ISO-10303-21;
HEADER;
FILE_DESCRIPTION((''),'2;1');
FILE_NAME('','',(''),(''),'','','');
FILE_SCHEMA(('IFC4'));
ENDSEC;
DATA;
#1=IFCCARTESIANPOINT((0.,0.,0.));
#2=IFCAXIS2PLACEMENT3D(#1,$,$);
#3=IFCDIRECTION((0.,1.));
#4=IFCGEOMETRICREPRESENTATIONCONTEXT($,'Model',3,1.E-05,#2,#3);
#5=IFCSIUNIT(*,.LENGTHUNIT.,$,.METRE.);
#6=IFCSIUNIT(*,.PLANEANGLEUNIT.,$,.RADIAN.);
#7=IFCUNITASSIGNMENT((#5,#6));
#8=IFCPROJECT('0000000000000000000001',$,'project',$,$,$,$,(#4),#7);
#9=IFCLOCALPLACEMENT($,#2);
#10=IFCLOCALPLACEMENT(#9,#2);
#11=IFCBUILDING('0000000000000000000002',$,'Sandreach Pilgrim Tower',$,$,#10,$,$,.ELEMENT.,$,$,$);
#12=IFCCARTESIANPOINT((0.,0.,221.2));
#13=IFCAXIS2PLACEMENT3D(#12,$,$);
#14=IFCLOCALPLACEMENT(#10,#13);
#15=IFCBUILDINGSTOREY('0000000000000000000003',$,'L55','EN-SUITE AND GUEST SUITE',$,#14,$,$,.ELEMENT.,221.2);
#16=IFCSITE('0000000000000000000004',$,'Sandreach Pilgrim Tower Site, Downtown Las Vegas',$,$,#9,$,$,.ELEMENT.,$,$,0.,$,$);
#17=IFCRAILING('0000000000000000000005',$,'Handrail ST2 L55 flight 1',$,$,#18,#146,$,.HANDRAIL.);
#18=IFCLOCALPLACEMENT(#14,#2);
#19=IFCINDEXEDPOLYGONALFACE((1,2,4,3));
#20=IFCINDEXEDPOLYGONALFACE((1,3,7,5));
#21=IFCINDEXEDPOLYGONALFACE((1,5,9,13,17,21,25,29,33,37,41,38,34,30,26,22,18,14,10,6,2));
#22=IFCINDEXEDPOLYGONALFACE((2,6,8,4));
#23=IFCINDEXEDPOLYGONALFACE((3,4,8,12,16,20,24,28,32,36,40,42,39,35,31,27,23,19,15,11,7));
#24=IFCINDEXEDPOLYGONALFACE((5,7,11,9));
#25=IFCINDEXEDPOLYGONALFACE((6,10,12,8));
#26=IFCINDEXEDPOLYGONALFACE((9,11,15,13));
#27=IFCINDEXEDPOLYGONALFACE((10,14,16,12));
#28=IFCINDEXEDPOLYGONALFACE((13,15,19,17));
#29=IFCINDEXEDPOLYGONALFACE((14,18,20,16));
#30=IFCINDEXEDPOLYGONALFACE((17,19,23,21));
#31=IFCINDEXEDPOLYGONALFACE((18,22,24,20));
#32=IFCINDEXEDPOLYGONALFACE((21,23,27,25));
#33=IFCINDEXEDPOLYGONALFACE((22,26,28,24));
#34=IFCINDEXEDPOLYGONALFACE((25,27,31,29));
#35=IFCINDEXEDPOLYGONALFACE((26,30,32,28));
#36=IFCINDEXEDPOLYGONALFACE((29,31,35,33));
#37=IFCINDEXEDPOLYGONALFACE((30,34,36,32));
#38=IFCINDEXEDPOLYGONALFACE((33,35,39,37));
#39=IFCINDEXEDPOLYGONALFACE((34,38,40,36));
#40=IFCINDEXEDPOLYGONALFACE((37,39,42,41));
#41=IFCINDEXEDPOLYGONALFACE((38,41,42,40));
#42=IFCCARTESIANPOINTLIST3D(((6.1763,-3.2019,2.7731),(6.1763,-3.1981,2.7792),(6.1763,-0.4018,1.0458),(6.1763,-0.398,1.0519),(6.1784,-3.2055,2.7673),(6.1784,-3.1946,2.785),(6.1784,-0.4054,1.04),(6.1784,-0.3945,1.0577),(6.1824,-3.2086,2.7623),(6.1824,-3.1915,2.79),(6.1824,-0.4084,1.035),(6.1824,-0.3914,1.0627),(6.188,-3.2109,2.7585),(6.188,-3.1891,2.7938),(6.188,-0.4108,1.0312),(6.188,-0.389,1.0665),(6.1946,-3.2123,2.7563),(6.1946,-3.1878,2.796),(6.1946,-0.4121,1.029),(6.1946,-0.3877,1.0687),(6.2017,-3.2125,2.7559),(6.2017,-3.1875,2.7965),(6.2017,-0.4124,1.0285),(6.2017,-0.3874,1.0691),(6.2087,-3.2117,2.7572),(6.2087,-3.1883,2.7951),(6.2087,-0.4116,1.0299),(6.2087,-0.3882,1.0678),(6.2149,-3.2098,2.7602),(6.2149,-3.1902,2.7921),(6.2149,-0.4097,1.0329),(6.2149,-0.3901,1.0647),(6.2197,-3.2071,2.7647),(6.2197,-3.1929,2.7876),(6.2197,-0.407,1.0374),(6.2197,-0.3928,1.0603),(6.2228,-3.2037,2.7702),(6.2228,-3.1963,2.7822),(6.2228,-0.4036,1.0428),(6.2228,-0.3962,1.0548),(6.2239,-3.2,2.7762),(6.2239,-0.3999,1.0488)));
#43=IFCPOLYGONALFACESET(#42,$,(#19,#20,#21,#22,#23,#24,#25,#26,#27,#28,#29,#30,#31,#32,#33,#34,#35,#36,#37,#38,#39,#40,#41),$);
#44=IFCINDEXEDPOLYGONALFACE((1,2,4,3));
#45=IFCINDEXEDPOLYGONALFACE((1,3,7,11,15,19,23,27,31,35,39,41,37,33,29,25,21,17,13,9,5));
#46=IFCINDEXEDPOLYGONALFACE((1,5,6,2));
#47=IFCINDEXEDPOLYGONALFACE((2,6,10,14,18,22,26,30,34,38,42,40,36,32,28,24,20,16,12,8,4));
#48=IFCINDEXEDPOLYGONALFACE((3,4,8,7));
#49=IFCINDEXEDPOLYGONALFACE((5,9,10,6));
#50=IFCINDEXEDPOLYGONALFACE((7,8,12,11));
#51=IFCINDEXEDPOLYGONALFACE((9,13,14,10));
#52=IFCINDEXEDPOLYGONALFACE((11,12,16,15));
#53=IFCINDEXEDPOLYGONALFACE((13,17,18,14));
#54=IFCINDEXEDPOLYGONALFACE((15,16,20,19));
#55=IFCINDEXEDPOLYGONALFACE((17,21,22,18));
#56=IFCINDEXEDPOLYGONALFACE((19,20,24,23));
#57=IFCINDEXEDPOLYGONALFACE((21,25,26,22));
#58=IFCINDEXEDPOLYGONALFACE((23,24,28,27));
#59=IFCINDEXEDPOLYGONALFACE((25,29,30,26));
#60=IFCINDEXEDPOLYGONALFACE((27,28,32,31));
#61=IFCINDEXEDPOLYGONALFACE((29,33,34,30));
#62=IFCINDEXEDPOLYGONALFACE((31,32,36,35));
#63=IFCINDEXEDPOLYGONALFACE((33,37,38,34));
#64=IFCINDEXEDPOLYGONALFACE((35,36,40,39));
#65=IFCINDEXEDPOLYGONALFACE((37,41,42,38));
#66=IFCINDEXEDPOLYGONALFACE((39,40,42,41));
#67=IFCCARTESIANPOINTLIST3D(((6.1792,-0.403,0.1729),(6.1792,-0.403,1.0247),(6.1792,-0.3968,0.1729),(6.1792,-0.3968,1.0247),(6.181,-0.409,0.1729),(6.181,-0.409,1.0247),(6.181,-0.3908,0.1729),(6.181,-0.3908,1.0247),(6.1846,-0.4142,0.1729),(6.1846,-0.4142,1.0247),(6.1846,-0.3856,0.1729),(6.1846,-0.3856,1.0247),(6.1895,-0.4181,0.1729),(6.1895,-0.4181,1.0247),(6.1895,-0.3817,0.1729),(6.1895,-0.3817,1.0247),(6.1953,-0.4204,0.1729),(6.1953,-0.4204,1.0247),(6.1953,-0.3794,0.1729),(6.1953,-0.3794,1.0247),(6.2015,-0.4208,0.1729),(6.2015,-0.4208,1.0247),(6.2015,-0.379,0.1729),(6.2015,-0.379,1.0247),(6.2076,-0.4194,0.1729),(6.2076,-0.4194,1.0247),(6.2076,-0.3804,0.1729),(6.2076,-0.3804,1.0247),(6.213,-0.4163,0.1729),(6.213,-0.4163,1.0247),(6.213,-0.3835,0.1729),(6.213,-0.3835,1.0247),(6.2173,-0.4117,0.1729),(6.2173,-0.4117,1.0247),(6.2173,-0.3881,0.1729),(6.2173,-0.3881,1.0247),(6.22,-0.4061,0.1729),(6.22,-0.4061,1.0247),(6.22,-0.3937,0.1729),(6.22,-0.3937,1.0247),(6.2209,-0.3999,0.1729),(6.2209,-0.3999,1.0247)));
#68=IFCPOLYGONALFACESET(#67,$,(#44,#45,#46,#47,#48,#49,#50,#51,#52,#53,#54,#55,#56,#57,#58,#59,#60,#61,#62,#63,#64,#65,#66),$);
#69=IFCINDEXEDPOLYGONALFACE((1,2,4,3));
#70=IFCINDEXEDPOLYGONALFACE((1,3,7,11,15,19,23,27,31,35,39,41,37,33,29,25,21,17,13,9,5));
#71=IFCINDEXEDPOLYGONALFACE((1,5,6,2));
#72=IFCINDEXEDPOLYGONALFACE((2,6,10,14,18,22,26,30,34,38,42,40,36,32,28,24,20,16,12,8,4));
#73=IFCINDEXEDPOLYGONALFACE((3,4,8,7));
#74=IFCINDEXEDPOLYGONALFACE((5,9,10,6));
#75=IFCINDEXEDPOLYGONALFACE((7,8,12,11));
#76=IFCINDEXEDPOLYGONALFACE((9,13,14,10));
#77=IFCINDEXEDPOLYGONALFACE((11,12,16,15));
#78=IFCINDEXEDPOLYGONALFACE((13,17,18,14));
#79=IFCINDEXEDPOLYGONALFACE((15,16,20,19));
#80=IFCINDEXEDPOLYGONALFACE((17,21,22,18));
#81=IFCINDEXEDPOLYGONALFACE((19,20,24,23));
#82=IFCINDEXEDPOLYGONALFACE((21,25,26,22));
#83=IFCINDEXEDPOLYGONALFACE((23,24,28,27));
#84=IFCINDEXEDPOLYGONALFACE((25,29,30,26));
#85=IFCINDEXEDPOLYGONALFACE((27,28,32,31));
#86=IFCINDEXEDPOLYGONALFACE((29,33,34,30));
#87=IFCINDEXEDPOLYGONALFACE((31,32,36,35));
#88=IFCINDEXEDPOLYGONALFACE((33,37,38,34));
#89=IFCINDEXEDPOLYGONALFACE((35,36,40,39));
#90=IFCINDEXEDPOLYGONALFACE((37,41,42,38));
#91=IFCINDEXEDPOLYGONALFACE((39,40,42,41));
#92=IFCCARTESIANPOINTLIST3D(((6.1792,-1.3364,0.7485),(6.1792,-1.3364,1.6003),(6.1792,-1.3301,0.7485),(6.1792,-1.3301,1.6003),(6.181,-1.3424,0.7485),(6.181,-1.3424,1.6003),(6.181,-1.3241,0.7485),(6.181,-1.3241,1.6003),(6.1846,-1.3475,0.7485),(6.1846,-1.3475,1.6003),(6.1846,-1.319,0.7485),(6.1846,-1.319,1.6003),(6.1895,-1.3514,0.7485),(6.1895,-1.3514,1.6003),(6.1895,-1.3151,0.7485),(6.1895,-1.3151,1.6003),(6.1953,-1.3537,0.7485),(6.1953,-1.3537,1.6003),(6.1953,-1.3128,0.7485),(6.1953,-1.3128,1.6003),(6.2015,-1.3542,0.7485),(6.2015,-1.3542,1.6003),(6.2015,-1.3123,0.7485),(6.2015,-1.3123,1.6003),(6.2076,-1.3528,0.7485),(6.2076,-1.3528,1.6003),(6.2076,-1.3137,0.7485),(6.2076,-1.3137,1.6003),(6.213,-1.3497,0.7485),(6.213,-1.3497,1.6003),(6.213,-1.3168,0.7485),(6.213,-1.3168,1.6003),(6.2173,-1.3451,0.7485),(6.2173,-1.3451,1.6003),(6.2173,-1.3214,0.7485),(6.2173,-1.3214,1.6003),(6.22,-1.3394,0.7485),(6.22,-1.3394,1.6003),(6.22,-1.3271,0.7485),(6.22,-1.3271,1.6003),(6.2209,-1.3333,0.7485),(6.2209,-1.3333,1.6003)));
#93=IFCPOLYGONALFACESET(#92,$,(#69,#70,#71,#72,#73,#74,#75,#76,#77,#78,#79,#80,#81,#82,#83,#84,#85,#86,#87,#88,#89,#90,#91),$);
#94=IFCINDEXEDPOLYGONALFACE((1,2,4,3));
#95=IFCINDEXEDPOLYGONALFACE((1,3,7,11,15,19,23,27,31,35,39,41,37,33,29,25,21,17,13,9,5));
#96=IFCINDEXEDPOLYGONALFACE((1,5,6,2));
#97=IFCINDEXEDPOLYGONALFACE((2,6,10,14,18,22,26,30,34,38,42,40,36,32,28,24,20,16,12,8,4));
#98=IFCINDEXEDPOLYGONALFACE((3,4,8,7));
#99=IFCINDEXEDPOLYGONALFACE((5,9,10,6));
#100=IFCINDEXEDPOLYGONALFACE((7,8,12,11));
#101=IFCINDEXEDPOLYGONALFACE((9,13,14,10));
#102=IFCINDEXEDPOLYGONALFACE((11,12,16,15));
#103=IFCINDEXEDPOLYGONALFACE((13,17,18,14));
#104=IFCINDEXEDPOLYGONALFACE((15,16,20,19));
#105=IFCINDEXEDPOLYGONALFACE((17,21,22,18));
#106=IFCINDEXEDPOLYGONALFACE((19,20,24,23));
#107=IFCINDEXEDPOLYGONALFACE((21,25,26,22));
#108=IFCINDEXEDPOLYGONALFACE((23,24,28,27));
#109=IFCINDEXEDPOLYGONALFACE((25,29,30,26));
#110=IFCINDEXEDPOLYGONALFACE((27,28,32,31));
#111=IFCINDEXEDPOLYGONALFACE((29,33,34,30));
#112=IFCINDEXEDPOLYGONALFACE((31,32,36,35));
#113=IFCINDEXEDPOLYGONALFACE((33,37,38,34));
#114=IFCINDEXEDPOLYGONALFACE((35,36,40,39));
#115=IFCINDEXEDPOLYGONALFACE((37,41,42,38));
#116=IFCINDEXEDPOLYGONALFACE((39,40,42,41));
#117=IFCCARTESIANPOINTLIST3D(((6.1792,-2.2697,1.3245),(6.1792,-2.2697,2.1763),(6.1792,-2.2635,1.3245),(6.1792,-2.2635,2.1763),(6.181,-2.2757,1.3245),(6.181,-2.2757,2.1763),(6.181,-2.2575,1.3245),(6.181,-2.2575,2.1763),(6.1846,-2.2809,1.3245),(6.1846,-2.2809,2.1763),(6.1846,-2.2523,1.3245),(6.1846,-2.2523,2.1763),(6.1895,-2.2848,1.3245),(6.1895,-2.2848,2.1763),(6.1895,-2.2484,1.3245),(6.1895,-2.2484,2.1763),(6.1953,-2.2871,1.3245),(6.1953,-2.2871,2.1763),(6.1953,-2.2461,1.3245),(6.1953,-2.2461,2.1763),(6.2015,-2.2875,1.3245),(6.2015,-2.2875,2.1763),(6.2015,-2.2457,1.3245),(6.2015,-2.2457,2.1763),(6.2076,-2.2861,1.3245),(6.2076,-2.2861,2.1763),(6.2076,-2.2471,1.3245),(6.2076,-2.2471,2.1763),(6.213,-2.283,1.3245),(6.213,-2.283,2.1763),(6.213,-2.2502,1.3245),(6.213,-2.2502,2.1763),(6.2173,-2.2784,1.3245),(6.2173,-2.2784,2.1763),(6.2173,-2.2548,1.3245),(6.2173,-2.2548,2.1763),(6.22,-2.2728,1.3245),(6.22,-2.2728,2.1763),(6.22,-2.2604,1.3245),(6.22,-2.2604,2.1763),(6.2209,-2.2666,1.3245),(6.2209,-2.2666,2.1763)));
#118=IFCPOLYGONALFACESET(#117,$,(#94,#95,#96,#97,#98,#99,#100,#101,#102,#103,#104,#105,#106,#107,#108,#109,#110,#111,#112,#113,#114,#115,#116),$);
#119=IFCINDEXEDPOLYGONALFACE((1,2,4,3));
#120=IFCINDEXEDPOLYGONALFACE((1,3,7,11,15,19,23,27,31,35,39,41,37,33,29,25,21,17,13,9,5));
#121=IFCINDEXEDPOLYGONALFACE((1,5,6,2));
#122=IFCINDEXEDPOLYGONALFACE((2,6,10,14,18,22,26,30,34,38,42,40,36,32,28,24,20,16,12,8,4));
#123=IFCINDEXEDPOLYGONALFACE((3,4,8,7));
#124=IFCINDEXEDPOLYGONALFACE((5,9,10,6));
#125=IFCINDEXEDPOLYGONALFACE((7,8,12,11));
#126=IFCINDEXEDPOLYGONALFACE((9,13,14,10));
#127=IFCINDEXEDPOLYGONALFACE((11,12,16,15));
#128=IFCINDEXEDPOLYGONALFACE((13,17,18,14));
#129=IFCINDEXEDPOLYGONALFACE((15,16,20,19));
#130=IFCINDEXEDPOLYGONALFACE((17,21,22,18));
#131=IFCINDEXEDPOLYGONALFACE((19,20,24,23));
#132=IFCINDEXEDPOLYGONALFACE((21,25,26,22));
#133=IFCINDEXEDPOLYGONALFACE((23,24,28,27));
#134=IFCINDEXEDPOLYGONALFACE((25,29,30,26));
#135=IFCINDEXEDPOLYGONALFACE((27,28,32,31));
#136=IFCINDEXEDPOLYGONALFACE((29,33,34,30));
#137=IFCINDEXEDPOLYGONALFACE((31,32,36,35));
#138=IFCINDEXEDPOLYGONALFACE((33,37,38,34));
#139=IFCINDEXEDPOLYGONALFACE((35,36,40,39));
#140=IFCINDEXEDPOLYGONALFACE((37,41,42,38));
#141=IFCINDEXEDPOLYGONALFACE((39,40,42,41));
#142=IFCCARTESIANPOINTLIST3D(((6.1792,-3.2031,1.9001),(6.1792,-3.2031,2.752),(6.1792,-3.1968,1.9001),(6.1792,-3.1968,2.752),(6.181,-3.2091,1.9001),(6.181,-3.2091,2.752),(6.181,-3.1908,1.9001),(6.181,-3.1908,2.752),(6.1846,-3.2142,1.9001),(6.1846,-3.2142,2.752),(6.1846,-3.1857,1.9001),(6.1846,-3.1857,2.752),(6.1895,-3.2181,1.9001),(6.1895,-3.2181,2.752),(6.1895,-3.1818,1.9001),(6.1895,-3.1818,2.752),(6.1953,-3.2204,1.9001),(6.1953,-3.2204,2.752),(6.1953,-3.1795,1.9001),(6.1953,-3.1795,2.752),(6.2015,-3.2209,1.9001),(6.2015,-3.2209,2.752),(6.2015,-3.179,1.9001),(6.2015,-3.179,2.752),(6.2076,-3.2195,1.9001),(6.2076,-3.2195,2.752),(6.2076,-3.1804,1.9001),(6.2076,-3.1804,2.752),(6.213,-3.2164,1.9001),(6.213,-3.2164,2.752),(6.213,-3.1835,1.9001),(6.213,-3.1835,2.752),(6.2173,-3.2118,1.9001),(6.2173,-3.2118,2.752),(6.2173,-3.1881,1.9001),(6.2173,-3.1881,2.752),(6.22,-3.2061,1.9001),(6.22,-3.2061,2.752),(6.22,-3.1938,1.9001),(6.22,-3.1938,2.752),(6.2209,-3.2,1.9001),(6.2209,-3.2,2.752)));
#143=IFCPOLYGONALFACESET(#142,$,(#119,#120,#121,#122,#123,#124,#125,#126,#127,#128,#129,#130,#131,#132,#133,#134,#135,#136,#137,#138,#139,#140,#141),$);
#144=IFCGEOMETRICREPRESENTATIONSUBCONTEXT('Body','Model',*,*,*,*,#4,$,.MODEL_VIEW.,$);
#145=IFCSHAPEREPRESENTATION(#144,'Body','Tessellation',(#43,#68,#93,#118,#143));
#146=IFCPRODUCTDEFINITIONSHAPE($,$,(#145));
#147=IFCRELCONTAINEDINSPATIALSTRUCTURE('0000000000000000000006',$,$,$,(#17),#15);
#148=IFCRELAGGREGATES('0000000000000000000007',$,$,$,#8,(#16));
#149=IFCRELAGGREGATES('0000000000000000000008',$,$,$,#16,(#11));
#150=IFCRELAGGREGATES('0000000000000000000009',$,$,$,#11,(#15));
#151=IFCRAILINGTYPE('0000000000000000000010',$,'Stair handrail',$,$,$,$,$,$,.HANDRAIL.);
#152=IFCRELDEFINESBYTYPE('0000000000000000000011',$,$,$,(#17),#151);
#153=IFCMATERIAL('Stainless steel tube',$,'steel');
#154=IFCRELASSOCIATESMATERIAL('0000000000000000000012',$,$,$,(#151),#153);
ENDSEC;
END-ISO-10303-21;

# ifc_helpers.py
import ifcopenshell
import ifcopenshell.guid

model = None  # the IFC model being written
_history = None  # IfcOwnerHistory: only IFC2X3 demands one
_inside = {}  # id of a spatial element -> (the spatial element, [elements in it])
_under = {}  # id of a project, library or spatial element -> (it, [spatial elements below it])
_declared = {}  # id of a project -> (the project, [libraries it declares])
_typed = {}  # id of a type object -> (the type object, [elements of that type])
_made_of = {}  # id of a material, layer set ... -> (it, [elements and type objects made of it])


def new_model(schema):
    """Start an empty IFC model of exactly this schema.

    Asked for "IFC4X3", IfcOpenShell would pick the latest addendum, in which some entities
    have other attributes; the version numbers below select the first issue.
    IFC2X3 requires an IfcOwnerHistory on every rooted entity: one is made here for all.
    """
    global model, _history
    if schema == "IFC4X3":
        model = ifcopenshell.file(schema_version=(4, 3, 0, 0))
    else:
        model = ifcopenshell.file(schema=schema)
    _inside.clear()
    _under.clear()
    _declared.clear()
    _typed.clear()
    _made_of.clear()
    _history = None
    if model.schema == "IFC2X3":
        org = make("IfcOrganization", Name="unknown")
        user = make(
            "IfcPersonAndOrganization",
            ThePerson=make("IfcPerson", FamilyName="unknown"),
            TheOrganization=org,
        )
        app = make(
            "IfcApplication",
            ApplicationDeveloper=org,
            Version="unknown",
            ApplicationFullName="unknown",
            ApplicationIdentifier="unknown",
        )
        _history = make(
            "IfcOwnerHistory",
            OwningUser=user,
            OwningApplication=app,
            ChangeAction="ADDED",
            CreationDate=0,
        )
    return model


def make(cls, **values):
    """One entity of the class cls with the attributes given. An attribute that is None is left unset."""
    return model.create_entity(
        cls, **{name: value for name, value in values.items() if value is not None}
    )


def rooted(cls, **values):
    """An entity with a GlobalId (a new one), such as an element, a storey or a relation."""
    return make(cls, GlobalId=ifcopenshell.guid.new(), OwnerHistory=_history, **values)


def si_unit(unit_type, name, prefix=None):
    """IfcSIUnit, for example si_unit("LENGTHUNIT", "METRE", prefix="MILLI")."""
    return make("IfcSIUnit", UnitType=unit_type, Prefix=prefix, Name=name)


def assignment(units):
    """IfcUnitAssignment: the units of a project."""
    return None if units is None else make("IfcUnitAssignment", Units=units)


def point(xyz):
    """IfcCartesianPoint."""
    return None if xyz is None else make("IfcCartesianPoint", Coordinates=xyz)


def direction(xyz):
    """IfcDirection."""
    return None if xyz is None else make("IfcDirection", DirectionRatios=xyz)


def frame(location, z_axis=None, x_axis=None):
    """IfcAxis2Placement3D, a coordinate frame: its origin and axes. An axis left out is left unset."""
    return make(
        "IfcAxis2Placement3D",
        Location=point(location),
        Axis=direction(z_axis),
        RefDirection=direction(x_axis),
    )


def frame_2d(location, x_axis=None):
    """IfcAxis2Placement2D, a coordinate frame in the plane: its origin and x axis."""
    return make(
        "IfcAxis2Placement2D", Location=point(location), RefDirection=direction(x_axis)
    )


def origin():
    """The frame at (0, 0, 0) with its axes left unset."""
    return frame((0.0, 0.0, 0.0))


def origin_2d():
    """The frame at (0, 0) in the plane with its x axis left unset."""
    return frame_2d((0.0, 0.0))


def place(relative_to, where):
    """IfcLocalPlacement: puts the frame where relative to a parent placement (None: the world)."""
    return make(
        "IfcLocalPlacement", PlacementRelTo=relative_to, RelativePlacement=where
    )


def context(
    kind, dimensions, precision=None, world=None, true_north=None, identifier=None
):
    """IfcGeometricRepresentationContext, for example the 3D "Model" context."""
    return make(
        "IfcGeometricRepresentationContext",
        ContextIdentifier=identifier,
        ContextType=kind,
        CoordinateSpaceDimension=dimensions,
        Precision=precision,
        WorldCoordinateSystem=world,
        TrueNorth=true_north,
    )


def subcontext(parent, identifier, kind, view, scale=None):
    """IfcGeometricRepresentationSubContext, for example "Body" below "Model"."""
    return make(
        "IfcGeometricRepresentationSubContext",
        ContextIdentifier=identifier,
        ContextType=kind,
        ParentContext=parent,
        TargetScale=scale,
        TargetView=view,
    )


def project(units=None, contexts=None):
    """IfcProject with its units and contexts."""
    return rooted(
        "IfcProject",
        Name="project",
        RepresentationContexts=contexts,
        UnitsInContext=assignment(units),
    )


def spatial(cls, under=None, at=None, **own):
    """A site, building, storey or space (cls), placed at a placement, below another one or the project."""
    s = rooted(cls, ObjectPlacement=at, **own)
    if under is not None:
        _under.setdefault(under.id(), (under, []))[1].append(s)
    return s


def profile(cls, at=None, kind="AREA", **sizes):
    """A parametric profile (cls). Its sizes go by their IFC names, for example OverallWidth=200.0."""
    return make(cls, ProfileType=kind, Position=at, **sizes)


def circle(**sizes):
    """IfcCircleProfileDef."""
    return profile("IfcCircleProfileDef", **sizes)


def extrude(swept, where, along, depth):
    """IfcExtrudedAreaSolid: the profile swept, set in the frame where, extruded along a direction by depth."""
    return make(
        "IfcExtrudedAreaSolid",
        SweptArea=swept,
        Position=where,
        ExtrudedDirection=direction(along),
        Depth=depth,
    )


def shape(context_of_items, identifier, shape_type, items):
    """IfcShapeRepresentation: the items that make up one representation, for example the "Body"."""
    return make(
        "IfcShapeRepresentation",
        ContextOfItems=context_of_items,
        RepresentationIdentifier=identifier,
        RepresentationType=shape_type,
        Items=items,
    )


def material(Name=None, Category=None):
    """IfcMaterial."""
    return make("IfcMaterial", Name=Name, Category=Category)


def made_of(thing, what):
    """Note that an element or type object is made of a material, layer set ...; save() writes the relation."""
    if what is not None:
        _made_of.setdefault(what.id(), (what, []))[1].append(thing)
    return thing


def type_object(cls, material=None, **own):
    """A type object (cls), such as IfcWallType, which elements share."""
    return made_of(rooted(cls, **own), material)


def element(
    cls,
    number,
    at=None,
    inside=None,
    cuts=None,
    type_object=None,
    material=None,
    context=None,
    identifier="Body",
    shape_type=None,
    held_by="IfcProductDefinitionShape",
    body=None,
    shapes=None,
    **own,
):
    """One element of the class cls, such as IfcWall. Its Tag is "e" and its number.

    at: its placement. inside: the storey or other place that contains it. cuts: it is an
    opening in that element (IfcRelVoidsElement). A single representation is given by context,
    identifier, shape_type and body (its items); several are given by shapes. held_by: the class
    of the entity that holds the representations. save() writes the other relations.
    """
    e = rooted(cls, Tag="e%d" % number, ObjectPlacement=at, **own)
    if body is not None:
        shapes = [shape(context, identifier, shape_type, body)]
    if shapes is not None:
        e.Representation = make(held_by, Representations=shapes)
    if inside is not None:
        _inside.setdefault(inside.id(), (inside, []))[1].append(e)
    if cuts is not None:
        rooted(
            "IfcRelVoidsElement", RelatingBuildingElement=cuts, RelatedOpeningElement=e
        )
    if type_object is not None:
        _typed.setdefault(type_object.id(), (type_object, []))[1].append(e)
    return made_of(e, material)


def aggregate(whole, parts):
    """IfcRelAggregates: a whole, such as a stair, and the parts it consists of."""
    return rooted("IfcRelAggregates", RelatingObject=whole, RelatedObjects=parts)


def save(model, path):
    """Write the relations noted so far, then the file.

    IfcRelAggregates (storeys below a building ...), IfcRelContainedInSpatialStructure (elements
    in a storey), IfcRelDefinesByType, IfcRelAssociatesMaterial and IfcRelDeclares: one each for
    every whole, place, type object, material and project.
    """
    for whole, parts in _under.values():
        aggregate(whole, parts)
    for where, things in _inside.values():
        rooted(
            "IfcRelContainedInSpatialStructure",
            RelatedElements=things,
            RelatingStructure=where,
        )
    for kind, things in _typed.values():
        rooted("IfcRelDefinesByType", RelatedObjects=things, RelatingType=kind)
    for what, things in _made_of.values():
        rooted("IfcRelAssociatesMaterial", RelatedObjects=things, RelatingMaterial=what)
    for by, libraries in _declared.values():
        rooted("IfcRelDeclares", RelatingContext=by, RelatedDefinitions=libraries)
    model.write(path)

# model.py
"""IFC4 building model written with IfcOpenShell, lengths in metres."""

from ifc_helpers import new_model, si_unit, direction, frame, origin, origin_2d, place, context, subcontext, project, spatial, circle, extrude, material, type_object, element, save


model = new_model("IFC4")

# Units and contexts
model_context = context("Model", 3, precision=1e-05, world=origin(), true_north=direction((0.0, 1.0)))
body_context = subcontext(model_context, "Body", "Model", "MODEL_VIEW")
ifc_project = project(units=[si_unit("LENGTHUNIT", "METRE"), si_unit("PLANEANGLEUNIT", "RADIAN")], contexts=[model_context])

# Site, building, storey
site_placement = place(None, origin())
site = spatial("IfcSite", under=ifc_project, at=site_placement, Name="Sandreach Pilgrim Tower Site, Downtown Las Vegas", CompositionType="ELEMENT", RefElevation=0.0)
building_placement = place(site_placement, origin())
building = spatial("IfcBuilding", under=site, at=building_placement, Name="Sandreach Pilgrim Tower", CompositionType="ELEMENT")
storey_placement = place(building_placement, frame((0.0, 0.0, 221.2)))
storey = spatial("IfcBuildingStorey", under=building, at=storey_placement, Name="L55", Description="EN-SUITE AND GUEST SUITE", CompositionType="ELEMENT", Elevation=221.2)

# Railing
ifc_material_1 = material(Name="Stainless steel tube", Category="steel")
railing_type = type_object("IfcRailingType", Name="Stair handrail", PredefinedType="HANDRAIL", material=ifc_material_1)
for number, where, name in (
    (1, (6.2, -0.3999, 0.1729), "Handrail ST2 L55 flight 1"),
):
    element("IfcRailing", number, at=place(storey_placement, frame(where)), inside=storey, type_object=railing_type, Name=name, PredefinedType="HANDRAIL", context=body_context, shape_type="SweptSolid", body=[
        extrude(circle(Radius=0.0239, at=origin_2d()), frame((0.0, 0.0, 0.876), z_axis=(0.0, -0.85109, 0.52502), x_axis=(1.0, 0.0, 0.0)), (0.0, 0.0, 1.0), 3.29),
        extrude(circle(Radius=0.021, at=origin_2d()), origin(), (0.0, 0.0, 1.0), 0.8518),
        extrude(circle(Radius=0.021, at=origin_2d()), frame((0.0, -0.9333, 0.5757)), (0.0, 0.0, 1.0), 0.8518),
        extrude(circle(Radius=0.021, at=origin_2d()), frame((0.0, -1.8667, 1.1516)), (0.0, 0.0, 1.0), 0.8518),
        extrude(circle(Radius=0.021, at=origin_2d()), frame((0.0, -2.8, 1.7273)), (0.0, 0.0, 1.0), 0.8518),
    ])

save(model, "model.ifc")
